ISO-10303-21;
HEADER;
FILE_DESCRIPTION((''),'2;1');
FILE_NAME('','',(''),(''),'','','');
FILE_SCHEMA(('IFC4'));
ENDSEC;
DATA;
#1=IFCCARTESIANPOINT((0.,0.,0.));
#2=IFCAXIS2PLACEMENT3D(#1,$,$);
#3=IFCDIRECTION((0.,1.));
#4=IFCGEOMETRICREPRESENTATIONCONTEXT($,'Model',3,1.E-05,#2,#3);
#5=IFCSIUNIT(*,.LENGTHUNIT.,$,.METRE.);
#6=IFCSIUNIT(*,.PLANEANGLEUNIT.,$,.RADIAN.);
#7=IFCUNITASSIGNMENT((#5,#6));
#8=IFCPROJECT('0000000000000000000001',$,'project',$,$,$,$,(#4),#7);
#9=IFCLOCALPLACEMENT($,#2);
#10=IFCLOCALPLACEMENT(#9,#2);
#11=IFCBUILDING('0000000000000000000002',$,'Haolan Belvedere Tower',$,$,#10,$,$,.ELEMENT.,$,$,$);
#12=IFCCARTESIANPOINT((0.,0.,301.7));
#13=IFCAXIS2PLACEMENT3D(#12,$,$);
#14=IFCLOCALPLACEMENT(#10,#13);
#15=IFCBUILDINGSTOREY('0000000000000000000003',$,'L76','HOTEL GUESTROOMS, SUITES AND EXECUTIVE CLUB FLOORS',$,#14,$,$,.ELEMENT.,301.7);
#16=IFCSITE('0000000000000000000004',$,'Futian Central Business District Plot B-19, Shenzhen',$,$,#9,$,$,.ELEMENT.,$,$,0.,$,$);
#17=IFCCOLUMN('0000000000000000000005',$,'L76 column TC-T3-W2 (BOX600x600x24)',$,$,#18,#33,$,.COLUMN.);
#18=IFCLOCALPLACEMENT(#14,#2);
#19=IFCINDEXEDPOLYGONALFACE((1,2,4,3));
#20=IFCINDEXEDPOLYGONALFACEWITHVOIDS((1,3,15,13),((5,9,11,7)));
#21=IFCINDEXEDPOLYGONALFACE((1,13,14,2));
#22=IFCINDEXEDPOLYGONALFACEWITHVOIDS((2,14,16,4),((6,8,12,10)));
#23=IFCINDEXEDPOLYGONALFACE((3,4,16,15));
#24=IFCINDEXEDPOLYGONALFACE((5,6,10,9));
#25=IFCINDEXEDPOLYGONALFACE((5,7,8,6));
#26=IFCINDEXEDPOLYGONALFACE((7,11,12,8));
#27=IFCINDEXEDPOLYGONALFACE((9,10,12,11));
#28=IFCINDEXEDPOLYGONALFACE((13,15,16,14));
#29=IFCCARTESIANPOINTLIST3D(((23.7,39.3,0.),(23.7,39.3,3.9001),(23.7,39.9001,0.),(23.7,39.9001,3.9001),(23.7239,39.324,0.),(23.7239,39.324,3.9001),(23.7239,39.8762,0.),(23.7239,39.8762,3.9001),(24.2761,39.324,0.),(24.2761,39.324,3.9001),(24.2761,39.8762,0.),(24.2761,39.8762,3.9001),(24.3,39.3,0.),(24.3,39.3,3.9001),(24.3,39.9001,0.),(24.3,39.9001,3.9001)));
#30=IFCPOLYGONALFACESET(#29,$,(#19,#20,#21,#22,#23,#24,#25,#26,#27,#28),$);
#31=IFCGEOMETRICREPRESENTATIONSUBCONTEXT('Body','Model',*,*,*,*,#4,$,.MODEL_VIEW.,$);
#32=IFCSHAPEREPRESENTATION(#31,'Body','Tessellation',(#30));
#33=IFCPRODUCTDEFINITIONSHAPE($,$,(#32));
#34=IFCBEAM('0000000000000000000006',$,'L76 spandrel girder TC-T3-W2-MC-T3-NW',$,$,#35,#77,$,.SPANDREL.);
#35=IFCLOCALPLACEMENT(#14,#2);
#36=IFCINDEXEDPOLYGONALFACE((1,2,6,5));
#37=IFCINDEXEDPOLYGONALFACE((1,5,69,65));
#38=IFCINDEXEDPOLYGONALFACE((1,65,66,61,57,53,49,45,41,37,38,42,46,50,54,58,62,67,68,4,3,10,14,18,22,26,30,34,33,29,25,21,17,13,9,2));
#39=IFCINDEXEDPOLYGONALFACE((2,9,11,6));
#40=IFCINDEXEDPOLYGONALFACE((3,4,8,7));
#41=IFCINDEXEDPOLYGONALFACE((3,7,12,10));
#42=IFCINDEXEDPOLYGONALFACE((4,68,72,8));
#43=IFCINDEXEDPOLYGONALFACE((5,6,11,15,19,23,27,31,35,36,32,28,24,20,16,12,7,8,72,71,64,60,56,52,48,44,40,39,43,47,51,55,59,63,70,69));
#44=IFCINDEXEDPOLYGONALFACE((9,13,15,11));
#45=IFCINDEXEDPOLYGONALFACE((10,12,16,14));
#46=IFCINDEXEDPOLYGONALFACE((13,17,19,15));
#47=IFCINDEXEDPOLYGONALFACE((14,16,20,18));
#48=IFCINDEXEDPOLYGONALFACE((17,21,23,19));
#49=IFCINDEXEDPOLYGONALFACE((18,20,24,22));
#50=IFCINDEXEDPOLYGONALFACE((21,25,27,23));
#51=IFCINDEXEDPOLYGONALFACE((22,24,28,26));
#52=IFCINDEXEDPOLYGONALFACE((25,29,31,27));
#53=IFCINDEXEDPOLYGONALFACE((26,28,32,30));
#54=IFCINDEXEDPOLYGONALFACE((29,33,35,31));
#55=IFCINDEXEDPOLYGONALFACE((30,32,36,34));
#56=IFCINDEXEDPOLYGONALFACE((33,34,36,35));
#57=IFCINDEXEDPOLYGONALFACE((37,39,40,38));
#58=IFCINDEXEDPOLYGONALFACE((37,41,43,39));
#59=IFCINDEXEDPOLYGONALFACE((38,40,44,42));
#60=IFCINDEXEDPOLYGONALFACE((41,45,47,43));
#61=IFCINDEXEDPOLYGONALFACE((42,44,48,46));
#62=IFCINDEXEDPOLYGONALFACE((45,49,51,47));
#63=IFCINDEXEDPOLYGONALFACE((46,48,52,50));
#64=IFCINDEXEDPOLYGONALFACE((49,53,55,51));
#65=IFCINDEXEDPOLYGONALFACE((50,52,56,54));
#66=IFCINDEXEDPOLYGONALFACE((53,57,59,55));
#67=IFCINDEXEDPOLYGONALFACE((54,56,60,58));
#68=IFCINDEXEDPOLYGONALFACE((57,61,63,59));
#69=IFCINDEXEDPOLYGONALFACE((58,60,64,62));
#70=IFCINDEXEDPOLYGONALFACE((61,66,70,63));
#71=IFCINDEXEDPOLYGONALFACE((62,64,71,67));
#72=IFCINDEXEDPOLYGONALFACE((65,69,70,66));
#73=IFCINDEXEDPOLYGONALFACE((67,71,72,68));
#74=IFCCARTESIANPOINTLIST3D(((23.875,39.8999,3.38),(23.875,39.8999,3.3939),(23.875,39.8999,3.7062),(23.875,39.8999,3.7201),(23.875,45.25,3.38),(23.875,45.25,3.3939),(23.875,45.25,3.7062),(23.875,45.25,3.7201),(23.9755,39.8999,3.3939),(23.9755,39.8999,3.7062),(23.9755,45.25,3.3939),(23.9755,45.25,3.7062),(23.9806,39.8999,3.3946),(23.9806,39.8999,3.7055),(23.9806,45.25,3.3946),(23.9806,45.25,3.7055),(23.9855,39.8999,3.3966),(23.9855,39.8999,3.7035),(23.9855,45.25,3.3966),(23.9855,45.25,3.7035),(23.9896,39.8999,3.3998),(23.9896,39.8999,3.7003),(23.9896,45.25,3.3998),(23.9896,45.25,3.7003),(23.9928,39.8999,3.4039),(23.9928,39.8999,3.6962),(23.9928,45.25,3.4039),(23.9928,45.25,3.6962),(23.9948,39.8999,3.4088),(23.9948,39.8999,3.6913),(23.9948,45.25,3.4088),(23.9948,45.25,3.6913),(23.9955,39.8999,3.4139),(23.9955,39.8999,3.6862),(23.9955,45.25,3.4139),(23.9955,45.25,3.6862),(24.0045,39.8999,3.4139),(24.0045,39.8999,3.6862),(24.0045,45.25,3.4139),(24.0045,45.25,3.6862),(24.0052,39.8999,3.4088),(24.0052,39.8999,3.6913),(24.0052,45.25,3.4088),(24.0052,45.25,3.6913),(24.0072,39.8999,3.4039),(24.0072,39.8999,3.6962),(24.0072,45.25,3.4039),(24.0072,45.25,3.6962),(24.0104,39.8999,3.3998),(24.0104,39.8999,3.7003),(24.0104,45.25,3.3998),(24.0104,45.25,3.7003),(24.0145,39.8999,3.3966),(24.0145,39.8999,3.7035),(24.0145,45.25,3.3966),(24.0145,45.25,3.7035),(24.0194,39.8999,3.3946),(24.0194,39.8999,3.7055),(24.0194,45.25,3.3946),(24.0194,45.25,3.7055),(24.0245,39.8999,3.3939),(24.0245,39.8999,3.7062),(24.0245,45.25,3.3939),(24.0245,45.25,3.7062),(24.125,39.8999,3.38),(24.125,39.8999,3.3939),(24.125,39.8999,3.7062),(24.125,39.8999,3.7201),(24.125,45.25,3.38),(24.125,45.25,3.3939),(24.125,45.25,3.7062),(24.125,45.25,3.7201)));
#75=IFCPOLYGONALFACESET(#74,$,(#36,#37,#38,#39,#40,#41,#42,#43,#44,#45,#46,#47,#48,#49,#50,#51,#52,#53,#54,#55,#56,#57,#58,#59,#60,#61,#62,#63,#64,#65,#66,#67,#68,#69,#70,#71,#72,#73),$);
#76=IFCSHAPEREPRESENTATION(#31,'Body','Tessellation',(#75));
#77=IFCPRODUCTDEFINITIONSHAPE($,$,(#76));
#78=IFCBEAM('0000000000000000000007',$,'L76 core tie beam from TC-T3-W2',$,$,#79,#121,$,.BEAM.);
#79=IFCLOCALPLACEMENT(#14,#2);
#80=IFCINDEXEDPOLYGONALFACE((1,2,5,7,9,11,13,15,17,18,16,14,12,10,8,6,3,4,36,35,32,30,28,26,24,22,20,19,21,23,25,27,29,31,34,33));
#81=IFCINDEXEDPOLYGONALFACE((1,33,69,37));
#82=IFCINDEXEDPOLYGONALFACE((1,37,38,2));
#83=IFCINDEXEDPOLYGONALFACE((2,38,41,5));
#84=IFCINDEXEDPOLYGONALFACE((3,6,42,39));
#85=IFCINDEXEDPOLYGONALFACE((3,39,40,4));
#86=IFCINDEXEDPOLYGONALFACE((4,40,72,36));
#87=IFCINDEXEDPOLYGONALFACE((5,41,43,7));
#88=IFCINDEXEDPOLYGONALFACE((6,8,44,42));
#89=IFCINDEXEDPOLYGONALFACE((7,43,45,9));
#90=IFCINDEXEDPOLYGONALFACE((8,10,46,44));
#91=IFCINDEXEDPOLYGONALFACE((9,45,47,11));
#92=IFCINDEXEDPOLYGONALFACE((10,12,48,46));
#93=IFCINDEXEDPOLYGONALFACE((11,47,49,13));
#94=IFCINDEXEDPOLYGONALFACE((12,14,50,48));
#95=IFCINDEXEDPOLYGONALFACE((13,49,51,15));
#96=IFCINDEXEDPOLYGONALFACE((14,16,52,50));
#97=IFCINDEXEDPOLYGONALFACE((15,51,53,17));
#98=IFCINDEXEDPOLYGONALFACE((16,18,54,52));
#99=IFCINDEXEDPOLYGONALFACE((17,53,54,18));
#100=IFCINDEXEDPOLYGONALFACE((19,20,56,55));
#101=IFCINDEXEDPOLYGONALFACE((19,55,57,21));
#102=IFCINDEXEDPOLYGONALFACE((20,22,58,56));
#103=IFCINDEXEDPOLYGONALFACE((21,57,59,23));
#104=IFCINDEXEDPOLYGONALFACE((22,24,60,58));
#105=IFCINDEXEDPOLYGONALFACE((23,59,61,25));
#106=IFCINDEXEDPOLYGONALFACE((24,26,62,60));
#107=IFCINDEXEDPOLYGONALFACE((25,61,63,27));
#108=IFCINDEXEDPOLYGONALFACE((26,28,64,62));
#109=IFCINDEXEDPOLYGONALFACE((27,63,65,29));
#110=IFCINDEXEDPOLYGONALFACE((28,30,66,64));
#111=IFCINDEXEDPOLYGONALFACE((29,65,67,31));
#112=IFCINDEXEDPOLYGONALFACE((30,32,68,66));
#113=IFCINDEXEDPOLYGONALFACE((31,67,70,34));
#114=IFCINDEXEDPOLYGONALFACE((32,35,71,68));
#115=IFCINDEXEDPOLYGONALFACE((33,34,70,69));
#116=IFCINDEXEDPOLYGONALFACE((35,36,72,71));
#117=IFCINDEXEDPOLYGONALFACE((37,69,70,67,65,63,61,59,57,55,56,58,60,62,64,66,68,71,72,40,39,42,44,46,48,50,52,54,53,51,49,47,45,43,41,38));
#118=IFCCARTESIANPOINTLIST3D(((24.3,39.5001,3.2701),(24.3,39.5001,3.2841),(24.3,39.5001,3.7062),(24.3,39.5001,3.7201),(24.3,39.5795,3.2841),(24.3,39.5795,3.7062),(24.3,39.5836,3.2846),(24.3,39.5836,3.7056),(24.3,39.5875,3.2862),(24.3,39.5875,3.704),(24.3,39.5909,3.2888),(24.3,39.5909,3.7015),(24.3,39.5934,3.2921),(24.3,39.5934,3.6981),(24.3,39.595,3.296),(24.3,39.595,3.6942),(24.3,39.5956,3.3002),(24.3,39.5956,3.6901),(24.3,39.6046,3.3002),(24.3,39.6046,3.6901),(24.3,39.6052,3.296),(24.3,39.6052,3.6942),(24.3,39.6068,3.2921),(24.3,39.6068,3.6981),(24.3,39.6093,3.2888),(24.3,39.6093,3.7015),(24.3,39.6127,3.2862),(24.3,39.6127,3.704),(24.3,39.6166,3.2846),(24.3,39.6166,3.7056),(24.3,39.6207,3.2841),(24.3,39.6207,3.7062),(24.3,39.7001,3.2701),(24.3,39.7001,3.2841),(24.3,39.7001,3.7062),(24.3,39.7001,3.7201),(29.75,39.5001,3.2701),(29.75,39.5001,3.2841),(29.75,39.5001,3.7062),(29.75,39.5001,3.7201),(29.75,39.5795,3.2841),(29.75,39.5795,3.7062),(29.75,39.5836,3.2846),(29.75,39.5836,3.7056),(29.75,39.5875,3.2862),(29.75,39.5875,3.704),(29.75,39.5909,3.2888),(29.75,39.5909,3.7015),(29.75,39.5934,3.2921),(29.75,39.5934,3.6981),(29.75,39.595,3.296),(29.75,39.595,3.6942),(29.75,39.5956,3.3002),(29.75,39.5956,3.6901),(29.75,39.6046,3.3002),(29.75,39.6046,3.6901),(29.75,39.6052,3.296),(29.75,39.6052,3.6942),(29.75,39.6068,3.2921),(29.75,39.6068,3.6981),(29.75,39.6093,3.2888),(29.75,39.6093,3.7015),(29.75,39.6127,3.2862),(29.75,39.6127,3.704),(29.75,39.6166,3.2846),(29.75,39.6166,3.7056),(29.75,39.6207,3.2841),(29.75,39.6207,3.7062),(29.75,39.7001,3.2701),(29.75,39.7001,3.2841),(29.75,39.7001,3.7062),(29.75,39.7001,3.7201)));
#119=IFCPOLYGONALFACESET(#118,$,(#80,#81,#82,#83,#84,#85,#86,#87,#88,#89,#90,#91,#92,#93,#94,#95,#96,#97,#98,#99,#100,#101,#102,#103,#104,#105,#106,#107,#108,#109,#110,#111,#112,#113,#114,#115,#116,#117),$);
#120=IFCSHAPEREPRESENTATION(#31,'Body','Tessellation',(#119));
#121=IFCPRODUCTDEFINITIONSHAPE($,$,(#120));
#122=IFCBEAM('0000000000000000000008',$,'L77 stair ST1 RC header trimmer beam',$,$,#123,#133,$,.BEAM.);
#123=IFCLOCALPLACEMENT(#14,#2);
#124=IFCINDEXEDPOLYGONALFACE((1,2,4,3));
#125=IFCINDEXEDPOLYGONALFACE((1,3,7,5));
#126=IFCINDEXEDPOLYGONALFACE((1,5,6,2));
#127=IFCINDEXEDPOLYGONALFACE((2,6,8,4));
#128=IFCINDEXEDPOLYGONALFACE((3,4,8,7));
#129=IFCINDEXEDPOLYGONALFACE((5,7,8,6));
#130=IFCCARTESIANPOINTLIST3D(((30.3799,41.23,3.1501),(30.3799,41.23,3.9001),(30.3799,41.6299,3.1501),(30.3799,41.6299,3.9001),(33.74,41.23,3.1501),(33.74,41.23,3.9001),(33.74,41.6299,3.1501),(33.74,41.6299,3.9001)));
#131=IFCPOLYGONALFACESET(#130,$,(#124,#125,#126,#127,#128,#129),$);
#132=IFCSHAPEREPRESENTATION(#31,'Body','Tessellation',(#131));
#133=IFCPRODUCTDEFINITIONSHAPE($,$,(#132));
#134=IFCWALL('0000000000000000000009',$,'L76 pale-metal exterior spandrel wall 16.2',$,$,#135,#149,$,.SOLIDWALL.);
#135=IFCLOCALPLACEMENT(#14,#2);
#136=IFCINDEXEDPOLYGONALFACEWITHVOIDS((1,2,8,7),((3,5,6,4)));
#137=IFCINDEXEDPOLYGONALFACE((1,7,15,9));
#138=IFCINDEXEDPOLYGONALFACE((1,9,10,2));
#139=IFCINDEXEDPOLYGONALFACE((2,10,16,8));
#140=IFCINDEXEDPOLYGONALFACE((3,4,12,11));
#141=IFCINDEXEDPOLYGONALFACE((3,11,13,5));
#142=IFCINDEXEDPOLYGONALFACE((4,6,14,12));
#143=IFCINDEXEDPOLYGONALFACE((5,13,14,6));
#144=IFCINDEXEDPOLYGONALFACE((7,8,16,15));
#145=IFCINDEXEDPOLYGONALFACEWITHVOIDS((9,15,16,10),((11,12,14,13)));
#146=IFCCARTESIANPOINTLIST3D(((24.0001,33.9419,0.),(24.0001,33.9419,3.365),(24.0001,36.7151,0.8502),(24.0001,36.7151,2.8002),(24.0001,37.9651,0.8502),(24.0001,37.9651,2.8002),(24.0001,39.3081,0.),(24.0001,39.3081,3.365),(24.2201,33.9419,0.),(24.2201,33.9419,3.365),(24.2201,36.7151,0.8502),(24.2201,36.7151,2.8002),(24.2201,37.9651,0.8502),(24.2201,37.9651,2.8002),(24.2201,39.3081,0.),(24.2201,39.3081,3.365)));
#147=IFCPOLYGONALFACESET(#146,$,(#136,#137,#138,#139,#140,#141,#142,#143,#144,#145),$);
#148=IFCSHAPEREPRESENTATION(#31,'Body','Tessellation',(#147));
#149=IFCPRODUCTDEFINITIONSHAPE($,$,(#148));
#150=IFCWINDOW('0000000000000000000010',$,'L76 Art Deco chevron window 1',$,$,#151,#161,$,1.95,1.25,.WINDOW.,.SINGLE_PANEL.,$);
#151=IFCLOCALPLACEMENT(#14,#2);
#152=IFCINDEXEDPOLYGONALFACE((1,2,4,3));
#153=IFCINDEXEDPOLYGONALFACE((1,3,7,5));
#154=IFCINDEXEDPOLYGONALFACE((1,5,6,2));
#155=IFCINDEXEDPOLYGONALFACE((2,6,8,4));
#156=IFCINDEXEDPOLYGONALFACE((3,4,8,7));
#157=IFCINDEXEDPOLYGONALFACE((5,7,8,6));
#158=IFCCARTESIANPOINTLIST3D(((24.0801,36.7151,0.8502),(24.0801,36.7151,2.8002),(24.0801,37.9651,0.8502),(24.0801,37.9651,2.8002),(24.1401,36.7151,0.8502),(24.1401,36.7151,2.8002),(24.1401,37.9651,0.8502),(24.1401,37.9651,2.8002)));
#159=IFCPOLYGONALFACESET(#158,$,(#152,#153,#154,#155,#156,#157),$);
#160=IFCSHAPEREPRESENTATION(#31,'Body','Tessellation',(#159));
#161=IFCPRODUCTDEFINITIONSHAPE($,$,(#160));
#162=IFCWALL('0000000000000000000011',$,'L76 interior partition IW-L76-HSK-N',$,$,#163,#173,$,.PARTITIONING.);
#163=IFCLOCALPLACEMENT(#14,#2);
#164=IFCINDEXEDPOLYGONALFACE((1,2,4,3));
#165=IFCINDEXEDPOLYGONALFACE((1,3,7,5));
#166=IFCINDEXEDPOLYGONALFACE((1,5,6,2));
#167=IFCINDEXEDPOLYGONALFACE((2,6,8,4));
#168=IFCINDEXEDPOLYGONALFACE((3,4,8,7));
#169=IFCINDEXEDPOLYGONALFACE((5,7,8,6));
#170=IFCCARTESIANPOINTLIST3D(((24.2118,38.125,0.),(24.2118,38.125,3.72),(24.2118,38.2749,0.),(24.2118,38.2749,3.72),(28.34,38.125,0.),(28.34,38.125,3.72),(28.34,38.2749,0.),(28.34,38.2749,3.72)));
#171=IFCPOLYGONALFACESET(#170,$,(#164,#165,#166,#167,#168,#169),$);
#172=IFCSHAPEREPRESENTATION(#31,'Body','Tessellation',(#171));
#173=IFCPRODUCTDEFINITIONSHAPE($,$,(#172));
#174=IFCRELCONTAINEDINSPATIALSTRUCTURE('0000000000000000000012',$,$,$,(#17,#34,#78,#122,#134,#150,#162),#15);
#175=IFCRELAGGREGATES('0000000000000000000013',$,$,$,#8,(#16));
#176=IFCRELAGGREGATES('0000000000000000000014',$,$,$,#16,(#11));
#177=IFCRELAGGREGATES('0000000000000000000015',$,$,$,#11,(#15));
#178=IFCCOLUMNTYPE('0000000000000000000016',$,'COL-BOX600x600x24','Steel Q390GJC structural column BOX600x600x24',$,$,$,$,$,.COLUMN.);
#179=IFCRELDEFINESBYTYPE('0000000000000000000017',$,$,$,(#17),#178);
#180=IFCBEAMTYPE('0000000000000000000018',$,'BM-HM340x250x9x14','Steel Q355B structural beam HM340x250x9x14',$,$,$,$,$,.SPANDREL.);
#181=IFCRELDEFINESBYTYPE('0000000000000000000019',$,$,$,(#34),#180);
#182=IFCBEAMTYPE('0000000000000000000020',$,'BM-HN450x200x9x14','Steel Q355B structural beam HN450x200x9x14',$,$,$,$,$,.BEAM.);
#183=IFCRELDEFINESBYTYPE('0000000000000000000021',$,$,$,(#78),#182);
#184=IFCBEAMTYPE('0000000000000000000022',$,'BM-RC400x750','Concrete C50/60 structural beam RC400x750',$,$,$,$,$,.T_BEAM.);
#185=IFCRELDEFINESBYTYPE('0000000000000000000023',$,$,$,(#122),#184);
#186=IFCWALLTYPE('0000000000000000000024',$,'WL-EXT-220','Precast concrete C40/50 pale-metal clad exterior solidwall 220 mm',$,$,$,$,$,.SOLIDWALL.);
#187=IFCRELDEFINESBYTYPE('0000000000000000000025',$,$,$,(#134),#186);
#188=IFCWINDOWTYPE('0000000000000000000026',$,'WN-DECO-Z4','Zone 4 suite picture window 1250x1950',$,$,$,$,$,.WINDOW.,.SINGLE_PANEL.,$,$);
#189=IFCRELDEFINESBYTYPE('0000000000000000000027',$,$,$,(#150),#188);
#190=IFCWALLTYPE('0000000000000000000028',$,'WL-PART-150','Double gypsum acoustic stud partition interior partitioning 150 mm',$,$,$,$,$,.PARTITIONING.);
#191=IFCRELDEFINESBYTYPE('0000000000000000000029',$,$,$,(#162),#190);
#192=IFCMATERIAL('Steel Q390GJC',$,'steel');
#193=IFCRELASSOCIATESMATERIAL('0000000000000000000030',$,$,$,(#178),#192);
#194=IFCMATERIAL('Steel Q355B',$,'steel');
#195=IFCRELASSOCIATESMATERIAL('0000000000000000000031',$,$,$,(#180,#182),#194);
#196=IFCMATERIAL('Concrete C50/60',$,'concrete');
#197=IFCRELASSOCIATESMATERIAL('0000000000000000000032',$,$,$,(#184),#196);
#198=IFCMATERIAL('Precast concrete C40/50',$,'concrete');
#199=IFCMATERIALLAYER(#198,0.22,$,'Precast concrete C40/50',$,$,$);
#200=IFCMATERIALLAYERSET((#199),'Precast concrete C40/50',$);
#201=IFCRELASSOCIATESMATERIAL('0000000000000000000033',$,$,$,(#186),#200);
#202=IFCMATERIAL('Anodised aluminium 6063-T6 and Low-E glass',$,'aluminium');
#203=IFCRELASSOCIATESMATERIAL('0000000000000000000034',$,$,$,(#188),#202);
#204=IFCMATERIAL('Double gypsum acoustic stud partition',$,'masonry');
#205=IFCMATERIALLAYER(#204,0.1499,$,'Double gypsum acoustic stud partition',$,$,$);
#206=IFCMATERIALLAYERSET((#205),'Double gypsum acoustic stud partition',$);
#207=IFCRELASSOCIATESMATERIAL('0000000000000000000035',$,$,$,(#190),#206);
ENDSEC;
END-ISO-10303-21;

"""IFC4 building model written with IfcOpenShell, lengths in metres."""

from ifc_helpers import new_model, si_unit, direction, frame, frame_2d, origin, origin_2d, place, context, subcontext, project, spatial, rectangle, hollow_rectangle, i_section, extrude, material, layer, layer_set, material_profile, profile_set, type_object, element, fill, save


model = new_model("IFC4")

# Units and contexts
model_context = context("Model", 3, precision=1e-05, world=origin(), true_north=direction((0.0, 1.0)))
body_context = subcontext(model_context, "Body", "Model", "MODEL_VIEW")
ifc_project = project(units=[si_unit("LENGTHUNIT", "METRE"), si_unit("PLANEANGLEUNIT", "RADIAN")], contexts=[model_context])

# Site, building, storey
site_placement = place(None, origin())
site = spatial("IfcSite", under=ifc_project, at=site_placement, Name="Futian Central Business District Plot B-19, Shenzhen", CompositionType="ELEMENT", RefElevation=0.0)
building_placement = place(site_placement, origin())
building = spatial("IfcBuilding", under=site, at=building_placement, Name="Haolan Belvedere Tower", CompositionType="ELEMENT")
storey_placement = place(building_placement, frame((0.0, 0.0, 301.7)))
storey = spatial("IfcBuildingStorey", under=building, at=storey_placement, Name="L76", Description="HOTEL GUESTROOMS, SUITES AND EXECUTIVE CLUB FLOORS", CompositionType="ELEMENT", Elevation=301.7)

# Column
ifc_material_1 = material(Name="Steel Q390GJC", Category="steel")
ifc_material_profile_1 = material_profile(ifc_material_1, hollow_rectangle(XDim=0.6001, YDim=0.6001, WallThickness=0.0239, at=origin_2d()), Name="Steel Q390GJC")
ifc_profile_set_1 = profile_set([ifc_material_profile_1], Name="Steel Q390GJC")
column_type = type_object("IfcColumnType", Name="COL-BOX600x600x24", Description="Steel Q390GJC structural column BOX600x600x24", PredefinedType="COLUMN", material=ifc_profile_set_1)
column_placement = place(storey_placement, frame((24.0, 39.6001, 0.0), z_axis=(0.0, 0.0, 1.0), x_axis=(1.0, 0.0, 0.0)))
element("IfcColumn", 1, at=column_placement, inside=storey, type_object=column_type, Name="L76 column TC-T3-W2 (BOX600x600x24)", PredefinedType="COLUMN", context=body_context, shape_type="SweptSolid", body=[
    extrude(hollow_rectangle(XDim=0.6001, YDim=0.6001, WallThickness=0.0239, at=origin_2d()), origin(), (0.0, 0.0, 1.0), 3.9001),
])

# Beams
ifc_material_2 = material(Name="Steel Q355B", Category="steel")
ifc_material_profile_2 = material_profile(ifc_material_2, i_section(OverallWidth=0.25, OverallDepth=0.3401, WebThickness=0.009, FlangeThickness=0.0139, FilletRadius=0.02, at=origin_2d()), Name="Steel Q355B")
ifc_profile_set_2 = profile_set([ifc_material_profile_2], Name="Steel Q355B")
beam_type_1 = type_object("IfcBeamType", Name="BM-HM340x250x9x14", Description="Steel Q355B structural beam HM340x250x9x14", PredefinedType="SPANDREL", material=ifc_profile_set_2)
beam_1_placement = place(storey_placement, frame((24.0, 39.8999, 3.55), z_axis=(0.0, 1.0, 0.0), x_axis=(-1.0, 0.0, 0.0)))
element("IfcBeam", 2, at=beam_1_placement, inside=storey, type_object=beam_type_1, Name="L76 spandrel girder TC-T3-W2-MC-T3-NW", PredefinedType="SPANDREL", context=body_context, shape_type="SweptSolid", body=[
    extrude(i_section(OverallWidth=0.25, OverallDepth=0.3401, WebThickness=0.009, FlangeThickness=0.0139, FilletRadius=0.02, at=origin_2d()), origin(), (0.0, 0.0, 1.0), 5.3501),
])
ifc_material_profile_3 = material_profile(ifc_material_2, i_section(OverallWidth=0.2, OverallDepth=0.45, WebThickness=0.009, FlangeThickness=0.0139, FilletRadius=0.0161, at=origin_2d()), Name="Steel Q355B")
ifc_profile_set_3 = profile_set([ifc_material_profile_3], Name="Steel Q355B")
beam_type_2 = type_object("IfcBeamType", Name="BM-HN450x200x9x14", Description="Steel Q355B structural beam HN450x200x9x14", PredefinedType="BEAM", material=ifc_profile_set_3)
beam_2_placement = place(storey_placement, frame((24.3, 39.6001, 3.4951), z_axis=(1.0, 0.0, 0.0), x_axis=(0.0, 1.0, 0.0)))
element("IfcBeam", 3, at=beam_2_placement, inside=storey, type_object=beam_type_2, Name="L76 core tie beam from TC-T3-W2", PredefinedType="BEAM", context=body_context, shape_type="SweptSolid", body=[
    extrude(i_section(OverallWidth=0.2, OverallDepth=0.45, WebThickness=0.009, FlangeThickness=0.0139, FilletRadius=0.0161, at=origin_2d()), origin(), (0.0, 0.0, 1.0), 5.45),
])
ifc_material_3 = material(Name="Concrete C50/60", Category="concrete")
ifc_material_profile_4 = material_profile(ifc_material_3, rectangle(XDim=0.3999, YDim=0.75, at=origin_2d()), Name="Concrete C50/60")
ifc_profile_set_4 = profile_set([ifc_material_profile_4], Name="Concrete C50/60")
beam_type_3 = type_object("IfcBeamType", Name="BM-RC400x750", Description="Concrete C50/60 structural beam RC400x750", PredefinedType="T_BEAM", material=ifc_profile_set_4)
beam_3_placement = place(storey_placement, frame((30.3799, 41.4299, 3.5251), z_axis=(1.0, 0.0, 0.0), x_axis=(0.0, 1.0, 0.0)))
element("IfcBeam", 4, at=beam_3_placement, inside=storey, type_object=beam_type_3, Name="L77 stair ST1 RC header trimmer beam", PredefinedType="BEAM", context=body_context, shape_type="SweptSolid", body=[
    extrude(rectangle(XDim=0.3999, YDim=0.75, at=origin_2d()), origin(), (0.0, 0.0, 1.0), 3.3601),
])

# Wall, opening, window
ifc_material_4 = material(Name="Precast concrete C40/50", Category="concrete")
ifc_layer_1 = layer(ifc_material_4, 0.22, Name="Precast concrete C40/50")
ifc_layer_set_1 = layer_set([ifc_layer_1], Name="Precast concrete C40/50")
wall_type_1 = type_object("IfcWallType", Name="WL-EXT-220", Description="Precast concrete C40/50 pale-metal clad exterior solidwall 220 mm", PredefinedType="SOLIDWALL", material=ifc_layer_set_1)
wall_1_placement = place(storey_placement, frame((24.1101, 39.3081, 0.0), z_axis=(0.0, 0.0, 1.0), x_axis=(0.0, -1.0, 0.0)))
wall_1 = element("IfcWall", 5, at=wall_1_placement, inside=storey, type_object=wall_type_1, Name="L76 pale-metal exterior spandrel wall 16.2", PredefinedType="SOLIDWALL", context=body_context, shape_type="SweptSolid", body=[
    extrude(rectangle(XDim=5.3662, YDim=0.22, at=frame_2d((2.6831, 0.0))), origin(), (0.0, 0.0, 1.0), 3.365),
])
opening_1_placement = place(wall_1_placement, frame((1.343, 0.0, 0.8501)))
opening_1 = element("IfcOpeningElement", 6, at=opening_1_placement, cuts=wall_1, PredefinedType="OPENING", context=body_context, shape_type="SweptSolid", body=[
    extrude(rectangle(XDim=1.25, YDim=1.95, at=frame_2d((0.625, 0.9751))), frame((0.0, 0.1199, 0.0), z_axis=(0.0, -1.0, 0.0), x_axis=(1.0, 0.0, 0.0)), (0.0, 0.0, 1.0), 0.24),
])
ifc_material_5 = material(Name="Anodised aluminium 6063-T6 and Low-E glass", Category="aluminium")
window_type = type_object("IfcWindowType", Name="WN-DECO-Z4", Description="Zone 4 suite picture window 1250x1950", PartitioningType="SINGLE_PANEL", PredefinedType="WINDOW", material=ifc_material_5)
window_placement = place(opening_1_placement, origin())
window = element("IfcWindow", 7, at=window_placement, inside=storey, type_object=window_type, Name="L76 Art Deco chevron window 1", OverallHeight=1.95, OverallWidth=1.25, PartitioningType="SINGLE_PANEL", PredefinedType="WINDOW", context=body_context, shape_type="SweptSolid", body=[
    extrude(rectangle(XDim=1.25, YDim=1.95, at=frame_2d((0.625, 0.9751))), frame((0.0, 0.03, 0.0), z_axis=(0.0, -1.0, 0.0), x_axis=(1.0, 0.0, 0.0)), (0.0, 0.0, 1.0), 0.0601),
])
fill(opening_1, window)

# Wall
ifc_material_6 = material(Name="Double gypsum acoustic stud partition", Category="masonry")
ifc_layer_2 = layer(ifc_material_6, 0.1499, Name="Double gypsum acoustic stud partition")
ifc_layer_set_2 = layer_set([ifc_layer_2], Name="Double gypsum acoustic stud partition")
wall_type_2 = type_object("IfcWallType", Name="WL-PART-150", Description="Double gypsum acoustic stud partition interior partitioning 150 mm", PredefinedType="PARTITIONING", material=ifc_layer_set_2)
for number, where, z_axis, x_axis, name in (
    (8, (24.2119, 38.2, 0.0), (0.0, 0.0, 1.0), (1.0, 0.0, 0.0), "L76 interior partition IW-L76-HSK-N"),
):
    element("IfcWall", number, at=place(storey_placement, frame(where, z_axis=z_axis, x_axis=x_axis)), inside=storey, type_object=wall_type_2, Name=name, PredefinedType="PARTITIONING", context=body_context, shape_type="SweptSolid", body=[
        extrude(rectangle(XDim=4.1282, YDim=0.1499, at=frame_2d((2.064, 0.0))), origin(), (0.0, 0.0, 1.0), 3.72),
    ])

save(model, "model.ifc")
